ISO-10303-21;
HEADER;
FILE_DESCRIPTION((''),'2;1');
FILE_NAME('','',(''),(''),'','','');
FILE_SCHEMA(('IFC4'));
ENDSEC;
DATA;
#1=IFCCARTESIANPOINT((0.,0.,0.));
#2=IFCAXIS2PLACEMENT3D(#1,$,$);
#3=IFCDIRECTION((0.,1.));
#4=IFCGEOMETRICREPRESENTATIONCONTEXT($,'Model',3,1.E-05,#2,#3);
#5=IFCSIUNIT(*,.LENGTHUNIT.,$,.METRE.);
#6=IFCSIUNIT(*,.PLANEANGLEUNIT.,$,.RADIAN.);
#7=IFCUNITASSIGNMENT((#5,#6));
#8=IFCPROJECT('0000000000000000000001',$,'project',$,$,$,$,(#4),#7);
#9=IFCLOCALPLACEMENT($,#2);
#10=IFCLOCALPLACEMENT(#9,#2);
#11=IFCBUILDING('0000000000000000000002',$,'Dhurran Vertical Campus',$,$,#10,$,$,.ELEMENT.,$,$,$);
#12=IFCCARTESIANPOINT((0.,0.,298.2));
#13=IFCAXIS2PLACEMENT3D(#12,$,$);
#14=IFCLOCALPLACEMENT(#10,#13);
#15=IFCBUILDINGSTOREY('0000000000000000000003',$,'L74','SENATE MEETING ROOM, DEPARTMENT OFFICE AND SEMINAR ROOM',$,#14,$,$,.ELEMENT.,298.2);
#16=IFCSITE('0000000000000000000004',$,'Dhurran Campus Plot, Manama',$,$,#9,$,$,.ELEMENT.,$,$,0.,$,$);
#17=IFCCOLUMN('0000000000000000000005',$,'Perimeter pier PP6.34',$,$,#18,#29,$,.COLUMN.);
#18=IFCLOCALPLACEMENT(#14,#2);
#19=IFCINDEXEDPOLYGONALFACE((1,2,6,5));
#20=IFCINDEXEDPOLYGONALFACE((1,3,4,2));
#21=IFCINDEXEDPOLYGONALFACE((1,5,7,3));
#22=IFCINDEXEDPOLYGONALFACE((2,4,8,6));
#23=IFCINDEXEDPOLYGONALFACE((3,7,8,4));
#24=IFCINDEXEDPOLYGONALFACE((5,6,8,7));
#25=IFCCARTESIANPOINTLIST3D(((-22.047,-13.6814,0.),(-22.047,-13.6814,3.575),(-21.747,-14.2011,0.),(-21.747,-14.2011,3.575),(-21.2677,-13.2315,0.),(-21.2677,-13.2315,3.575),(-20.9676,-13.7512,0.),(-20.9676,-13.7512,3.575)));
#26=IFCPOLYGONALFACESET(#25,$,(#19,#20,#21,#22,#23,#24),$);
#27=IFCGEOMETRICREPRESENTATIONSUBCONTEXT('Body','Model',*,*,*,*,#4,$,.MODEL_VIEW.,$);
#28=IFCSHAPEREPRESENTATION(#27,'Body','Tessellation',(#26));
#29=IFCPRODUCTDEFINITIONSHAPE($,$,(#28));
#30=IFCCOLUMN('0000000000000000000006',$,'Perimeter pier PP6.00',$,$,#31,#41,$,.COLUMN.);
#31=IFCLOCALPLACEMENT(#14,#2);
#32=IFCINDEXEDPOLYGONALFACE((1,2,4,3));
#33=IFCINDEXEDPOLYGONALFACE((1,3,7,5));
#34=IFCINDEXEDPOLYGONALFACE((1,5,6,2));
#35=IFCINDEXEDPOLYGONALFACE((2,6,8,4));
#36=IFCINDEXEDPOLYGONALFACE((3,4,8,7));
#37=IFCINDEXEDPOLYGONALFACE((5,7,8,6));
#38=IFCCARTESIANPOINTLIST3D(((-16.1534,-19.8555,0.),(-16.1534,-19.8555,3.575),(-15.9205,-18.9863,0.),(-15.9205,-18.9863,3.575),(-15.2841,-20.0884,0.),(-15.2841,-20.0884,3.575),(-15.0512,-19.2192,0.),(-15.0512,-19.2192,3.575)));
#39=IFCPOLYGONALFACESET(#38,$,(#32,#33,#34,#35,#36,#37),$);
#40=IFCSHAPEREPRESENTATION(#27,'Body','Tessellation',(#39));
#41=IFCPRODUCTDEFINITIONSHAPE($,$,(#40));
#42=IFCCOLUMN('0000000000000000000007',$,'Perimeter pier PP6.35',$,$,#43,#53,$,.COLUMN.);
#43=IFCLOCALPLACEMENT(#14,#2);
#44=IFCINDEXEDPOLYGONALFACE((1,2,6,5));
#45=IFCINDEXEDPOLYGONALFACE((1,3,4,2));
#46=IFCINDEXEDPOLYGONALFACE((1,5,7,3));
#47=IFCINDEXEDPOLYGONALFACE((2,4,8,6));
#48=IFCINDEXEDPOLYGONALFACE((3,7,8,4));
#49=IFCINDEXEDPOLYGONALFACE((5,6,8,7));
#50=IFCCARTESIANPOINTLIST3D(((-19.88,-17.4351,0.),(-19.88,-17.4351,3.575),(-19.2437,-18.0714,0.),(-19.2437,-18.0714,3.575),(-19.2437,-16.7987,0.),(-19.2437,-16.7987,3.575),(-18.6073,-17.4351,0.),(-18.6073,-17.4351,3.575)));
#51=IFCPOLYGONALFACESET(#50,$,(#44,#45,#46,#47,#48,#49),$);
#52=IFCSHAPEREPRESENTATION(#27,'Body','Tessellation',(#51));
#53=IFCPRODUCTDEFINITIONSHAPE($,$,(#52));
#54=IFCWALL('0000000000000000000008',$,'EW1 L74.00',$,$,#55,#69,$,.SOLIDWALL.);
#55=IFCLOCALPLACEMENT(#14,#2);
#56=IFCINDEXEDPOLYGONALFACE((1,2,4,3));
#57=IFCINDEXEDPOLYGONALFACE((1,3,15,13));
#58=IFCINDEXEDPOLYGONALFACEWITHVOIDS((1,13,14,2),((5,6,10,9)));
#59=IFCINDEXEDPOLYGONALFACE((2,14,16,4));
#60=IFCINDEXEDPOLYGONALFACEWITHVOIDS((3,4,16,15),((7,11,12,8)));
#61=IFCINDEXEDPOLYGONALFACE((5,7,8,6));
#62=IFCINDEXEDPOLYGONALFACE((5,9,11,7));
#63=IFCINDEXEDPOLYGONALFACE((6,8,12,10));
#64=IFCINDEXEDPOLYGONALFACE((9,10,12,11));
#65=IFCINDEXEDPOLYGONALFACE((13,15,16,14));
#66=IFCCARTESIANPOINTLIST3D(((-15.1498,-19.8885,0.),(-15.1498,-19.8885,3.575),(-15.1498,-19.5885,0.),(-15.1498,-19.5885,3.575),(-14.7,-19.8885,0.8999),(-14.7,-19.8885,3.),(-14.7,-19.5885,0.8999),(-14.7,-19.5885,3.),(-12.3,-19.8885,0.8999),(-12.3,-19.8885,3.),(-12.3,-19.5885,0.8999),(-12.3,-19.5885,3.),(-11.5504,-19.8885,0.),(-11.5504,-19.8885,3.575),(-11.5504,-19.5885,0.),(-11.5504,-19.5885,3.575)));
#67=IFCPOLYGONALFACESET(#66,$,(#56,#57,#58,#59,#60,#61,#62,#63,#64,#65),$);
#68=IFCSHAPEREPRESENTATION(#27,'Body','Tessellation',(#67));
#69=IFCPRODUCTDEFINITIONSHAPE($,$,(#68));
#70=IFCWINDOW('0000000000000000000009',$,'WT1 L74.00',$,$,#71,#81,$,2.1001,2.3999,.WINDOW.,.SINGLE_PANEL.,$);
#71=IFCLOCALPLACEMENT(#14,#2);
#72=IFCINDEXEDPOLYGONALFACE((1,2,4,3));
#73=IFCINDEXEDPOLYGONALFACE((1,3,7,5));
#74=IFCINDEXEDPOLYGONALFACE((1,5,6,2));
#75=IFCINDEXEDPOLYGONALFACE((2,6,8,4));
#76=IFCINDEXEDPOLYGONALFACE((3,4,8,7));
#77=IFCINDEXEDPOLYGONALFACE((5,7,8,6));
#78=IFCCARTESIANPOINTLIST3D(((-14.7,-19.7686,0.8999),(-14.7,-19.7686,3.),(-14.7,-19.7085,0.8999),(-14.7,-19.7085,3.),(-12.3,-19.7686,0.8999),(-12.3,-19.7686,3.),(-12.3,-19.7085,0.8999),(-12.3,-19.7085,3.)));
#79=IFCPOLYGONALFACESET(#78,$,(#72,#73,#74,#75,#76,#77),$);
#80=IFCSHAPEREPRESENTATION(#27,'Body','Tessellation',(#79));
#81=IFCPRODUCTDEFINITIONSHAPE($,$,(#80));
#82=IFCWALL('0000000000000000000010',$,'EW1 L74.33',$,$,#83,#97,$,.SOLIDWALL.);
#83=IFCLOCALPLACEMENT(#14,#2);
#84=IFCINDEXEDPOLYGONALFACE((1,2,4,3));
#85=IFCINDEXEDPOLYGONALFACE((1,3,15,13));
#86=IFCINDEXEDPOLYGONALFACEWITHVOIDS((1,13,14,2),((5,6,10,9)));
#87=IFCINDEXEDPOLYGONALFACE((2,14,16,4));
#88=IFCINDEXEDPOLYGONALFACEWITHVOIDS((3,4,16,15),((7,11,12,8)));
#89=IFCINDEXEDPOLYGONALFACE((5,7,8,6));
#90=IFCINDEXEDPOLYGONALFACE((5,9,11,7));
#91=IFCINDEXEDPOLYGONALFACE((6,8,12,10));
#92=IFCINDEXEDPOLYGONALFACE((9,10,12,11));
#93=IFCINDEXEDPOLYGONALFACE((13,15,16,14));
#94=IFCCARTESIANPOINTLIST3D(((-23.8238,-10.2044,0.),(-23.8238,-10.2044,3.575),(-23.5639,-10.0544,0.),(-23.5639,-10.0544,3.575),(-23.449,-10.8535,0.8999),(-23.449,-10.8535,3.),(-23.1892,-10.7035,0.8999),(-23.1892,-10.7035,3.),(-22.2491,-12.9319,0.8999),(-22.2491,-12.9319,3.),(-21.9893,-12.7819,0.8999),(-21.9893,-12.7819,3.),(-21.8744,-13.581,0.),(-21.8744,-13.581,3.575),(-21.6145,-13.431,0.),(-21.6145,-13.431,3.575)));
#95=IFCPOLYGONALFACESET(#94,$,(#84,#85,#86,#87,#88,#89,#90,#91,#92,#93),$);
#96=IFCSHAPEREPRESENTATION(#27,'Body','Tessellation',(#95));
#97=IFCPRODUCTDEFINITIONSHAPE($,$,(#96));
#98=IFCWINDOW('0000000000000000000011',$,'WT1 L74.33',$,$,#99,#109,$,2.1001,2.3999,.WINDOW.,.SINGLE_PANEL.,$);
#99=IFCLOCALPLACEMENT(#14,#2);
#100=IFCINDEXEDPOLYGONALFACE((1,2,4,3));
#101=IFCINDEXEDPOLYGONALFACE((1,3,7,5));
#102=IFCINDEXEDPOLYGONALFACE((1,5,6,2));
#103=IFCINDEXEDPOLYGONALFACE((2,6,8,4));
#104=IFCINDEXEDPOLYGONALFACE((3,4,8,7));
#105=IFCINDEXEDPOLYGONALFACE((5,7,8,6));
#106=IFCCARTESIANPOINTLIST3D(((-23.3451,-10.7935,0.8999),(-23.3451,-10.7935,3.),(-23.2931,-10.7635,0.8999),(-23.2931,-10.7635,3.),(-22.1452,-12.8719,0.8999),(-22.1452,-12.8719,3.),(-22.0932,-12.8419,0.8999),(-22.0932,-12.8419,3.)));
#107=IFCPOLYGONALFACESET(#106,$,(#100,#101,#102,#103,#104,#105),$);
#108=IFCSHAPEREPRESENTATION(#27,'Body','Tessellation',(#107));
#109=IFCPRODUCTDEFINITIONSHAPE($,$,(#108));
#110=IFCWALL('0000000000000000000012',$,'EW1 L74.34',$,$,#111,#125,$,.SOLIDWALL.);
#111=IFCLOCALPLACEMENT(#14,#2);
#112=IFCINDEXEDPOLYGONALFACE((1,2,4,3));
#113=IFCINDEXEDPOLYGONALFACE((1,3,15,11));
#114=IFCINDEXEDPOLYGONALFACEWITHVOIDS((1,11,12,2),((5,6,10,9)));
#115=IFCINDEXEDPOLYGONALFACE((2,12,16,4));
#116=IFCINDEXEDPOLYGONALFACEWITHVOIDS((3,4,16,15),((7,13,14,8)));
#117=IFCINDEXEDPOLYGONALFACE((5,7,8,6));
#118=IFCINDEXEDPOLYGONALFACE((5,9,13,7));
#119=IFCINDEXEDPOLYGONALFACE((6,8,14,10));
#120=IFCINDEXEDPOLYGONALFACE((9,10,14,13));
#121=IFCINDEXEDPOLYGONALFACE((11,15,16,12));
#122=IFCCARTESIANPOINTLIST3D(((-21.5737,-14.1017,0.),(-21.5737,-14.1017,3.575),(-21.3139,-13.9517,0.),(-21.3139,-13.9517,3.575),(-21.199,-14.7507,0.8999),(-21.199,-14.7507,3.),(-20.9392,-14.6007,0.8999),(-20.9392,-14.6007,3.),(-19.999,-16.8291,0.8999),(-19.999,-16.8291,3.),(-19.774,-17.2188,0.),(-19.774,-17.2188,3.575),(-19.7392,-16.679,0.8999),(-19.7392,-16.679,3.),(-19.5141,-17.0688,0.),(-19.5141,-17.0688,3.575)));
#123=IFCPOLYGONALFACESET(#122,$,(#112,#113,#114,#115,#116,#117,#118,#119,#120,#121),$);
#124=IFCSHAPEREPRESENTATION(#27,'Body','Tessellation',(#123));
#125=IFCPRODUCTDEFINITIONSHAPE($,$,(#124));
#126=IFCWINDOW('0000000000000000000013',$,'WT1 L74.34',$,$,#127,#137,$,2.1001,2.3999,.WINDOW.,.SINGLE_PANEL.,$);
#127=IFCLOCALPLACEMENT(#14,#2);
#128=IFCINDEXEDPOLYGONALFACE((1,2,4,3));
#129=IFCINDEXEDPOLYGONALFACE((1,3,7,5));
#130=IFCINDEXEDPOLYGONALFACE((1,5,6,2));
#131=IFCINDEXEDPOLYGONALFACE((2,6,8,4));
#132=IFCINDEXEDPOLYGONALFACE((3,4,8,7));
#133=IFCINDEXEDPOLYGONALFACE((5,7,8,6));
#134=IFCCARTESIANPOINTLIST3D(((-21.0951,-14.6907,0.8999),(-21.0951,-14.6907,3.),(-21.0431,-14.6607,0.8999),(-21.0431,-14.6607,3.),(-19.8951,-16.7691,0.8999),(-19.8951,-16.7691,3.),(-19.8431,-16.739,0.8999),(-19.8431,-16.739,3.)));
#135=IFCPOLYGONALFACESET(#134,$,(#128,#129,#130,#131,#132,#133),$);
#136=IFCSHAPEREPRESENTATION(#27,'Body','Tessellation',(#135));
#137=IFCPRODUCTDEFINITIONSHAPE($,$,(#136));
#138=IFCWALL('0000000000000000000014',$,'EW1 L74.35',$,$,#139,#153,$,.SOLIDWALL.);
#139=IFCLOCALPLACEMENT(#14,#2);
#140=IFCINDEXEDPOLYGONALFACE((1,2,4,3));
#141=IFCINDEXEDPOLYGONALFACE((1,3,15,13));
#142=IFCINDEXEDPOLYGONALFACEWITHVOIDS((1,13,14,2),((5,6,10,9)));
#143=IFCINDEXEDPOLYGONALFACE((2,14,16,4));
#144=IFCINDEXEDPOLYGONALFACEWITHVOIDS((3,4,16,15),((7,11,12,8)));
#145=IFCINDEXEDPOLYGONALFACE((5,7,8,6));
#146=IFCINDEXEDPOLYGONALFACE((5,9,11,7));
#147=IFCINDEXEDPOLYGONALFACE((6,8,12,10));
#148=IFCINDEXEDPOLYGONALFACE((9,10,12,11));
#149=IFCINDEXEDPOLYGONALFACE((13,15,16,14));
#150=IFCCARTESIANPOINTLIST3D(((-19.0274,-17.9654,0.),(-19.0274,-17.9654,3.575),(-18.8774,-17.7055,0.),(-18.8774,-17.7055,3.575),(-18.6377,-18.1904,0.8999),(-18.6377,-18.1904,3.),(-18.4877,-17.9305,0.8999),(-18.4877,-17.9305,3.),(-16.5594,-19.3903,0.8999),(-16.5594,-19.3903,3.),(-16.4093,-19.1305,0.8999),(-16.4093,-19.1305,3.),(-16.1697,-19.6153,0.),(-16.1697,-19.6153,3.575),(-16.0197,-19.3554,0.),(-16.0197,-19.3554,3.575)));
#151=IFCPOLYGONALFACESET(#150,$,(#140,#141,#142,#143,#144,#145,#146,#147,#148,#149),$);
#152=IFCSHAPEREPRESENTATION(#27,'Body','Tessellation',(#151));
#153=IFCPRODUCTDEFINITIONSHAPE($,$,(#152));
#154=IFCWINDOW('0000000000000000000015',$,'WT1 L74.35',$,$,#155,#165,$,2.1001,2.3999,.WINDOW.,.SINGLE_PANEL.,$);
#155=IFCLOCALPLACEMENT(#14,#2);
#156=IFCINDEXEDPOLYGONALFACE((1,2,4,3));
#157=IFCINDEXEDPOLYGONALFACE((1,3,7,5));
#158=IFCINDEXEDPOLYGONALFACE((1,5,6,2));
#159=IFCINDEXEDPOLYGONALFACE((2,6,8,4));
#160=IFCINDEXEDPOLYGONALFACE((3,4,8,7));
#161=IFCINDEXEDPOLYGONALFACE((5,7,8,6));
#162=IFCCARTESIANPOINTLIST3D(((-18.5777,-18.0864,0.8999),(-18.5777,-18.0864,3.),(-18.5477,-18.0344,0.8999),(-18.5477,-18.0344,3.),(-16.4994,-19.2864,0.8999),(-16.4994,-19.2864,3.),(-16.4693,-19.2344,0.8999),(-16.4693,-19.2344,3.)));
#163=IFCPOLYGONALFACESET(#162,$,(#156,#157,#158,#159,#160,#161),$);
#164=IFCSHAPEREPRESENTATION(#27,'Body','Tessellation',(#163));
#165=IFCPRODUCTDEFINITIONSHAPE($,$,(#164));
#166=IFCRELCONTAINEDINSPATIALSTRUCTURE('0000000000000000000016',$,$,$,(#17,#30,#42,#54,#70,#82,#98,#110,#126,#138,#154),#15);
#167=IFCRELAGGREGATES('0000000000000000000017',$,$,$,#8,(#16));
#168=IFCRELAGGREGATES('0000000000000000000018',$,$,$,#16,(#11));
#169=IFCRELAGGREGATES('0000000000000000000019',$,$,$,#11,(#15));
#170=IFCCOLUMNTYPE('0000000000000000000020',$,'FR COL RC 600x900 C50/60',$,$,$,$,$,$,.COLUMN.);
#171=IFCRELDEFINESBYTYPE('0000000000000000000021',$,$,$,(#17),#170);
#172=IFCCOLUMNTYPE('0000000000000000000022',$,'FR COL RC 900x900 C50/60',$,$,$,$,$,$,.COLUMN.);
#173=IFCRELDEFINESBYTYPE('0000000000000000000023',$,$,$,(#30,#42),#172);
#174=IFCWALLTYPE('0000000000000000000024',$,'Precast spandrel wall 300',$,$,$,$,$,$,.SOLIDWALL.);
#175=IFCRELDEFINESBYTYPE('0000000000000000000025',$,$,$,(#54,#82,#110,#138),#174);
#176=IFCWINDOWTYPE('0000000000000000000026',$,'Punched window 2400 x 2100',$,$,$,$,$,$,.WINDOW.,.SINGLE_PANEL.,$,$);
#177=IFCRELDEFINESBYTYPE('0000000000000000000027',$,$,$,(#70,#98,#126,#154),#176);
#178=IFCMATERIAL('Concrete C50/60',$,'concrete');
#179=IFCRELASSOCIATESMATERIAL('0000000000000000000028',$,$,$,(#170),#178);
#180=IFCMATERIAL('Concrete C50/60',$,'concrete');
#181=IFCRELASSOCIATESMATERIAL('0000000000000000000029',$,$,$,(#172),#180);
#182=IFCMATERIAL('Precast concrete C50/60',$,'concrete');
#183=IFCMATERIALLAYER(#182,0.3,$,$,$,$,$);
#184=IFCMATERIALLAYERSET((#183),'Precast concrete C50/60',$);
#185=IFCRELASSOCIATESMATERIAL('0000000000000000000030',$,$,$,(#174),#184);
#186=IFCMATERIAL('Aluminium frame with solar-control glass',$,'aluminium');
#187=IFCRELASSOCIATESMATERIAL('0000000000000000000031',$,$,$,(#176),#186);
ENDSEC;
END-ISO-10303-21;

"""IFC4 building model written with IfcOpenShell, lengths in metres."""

from ifc_helpers import new_model, si_unit, direction, frame, frame_2d, origin, origin_2d, place, context, subcontext, project, spatial, rectangle, extrude, material, layer, layer_set, material_profile, profile_set, type_object, element, fill, save


model = new_model("IFC4")

# Units and contexts
model_context = context("Model", 3, precision=1e-05, world=origin(), true_north=direction((0.0, 1.0)))
body_context = subcontext(model_context, "Body", "Model", "MODEL_VIEW")
ifc_project = project(units=[si_unit("LENGTHUNIT", "METRE"), si_unit("PLANEANGLEUNIT", "RADIAN")], contexts=[model_context])

# Site, building, storey
site_placement = place(None, origin())
site = spatial("IfcSite", under=ifc_project, at=site_placement, Name="Dhurran Campus Plot, Manama", CompositionType="ELEMENT", RefElevation=0.0)
building_placement = place(site_placement, origin())
building = spatial("IfcBuilding", under=site, at=building_placement, Name="Dhurran Vertical Campus", CompositionType="ELEMENT")
storey_placement = place(building_placement, frame((0.0, 0.0, 298.2)))
storey = spatial("IfcBuildingStorey", under=building, at=storey_placement, Name="L74", Description="SENATE MEETING ROOM, DEPARTMENT OFFICE AND SEMINAR ROOM", CompositionType="ELEMENT", Elevation=298.2)

# Columns
ifc_material_1 = material(Name="Concrete C50/60", Category="concrete")
ifc_material_profile_1 = material_profile(ifc_material_1, rectangle(XDim=0.6001, YDim=0.8999, at=origin_2d()), Name="RC 600x900")
ifc_profile_set_1 = profile_set([ifc_material_profile_1], Name="Concrete C50/60")
column_type_1 = type_object("IfcColumnType", Name="FR COL RC 600x900 C50/60", PredefinedType="COLUMN", material=ifc_profile_set_1)
column_placement = place(storey_placement, frame((-21.5073, -13.7163, 0.0), z_axis=(0.0, 0.0, 1.0), x_axis=(0.5, -0.866025, 0.0)))
element("IfcColumn", 1, at=column_placement, inside=storey, type_object=column_type_1, Name="Perimeter pier PP6.34", PredefinedType="COLUMN", context=body_context, shape_type="SweptSolid", body=[
    extrude(rectangle(XDim=0.6001, YDim=0.8999, at=origin_2d()), origin(), (0.0, 0.0, 1.0), 3.575),
])
ifc_material_2 = material(Name="Concrete C50/60", Category="concrete")
ifc_material_profile_2 = material_profile(ifc_material_2, rectangle(XDim=0.8999, YDim=0.8999, at=origin_2d()), Name="RC 900x900")
ifc_profile_set_2 = profile_set([ifc_material_profile_2], Name="Concrete C50/60")
column_type_2 = type_object("IfcColumnType", Name="FR COL RC 900x900 C50/60", PredefinedType="COLUMN", material=ifc_profile_set_2)
for number, where, z_axis, x_axis, name in (
    (2, (-15.6023, -19.5374, 0.0), (0.0, 0.0, 1.0), (0.965926, -0.258819, 0.0), "Perimeter pier PP6.00"),
    (3, (-19.2437, -17.4351, 0.0), (0.0, 0.0, 1.0), (0.707107, -0.707107, 0.0), "Perimeter pier PP6.35"),
):
    element("IfcColumn", number, at=place(storey_placement, frame(where, z_axis=z_axis, x_axis=x_axis)), inside=storey, type_object=column_type_2, Name=name, PredefinedType="COLUMN", context=body_context, shape_type="SweptSolid", body=[
        extrude(rectangle(XDim=0.8999, YDim=0.8999, at=origin_2d()), origin(), (0.0, 0.0, 1.0), 3.575),
    ])

# Walls, openings, windows
ifc_material_3 = material(Name="Precast concrete C50/60", Category="concrete")
ifc_layer_1 = layer(ifc_material_3, 0.3)
ifc_layer_set_1 = layer_set([ifc_layer_1], Name="Precast concrete C50/60")
wall_type_1 = type_object("IfcWallType", Name="Precast spandrel wall 300", PredefinedType="SOLIDWALL", material=ifc_layer_set_1)
wall_1_placement = place(storey_placement, frame((-15.1499, -19.7385, 0.0), z_axis=(0.0, 0.0, 1.0), x_axis=(1.0, 0.0, 0.0)))
wall_1 = element("IfcWall", 4, at=wall_1_placement, inside=storey, type_object=wall_type_1, Name="EW1 L74.00", PredefinedType="SOLIDWALL", context=body_context, shape_type="SweptSolid", body=[
    extrude(rectangle(XDim=3.5994, YDim=0.3, at=frame_2d((1.7998, 0.0))), origin(), (0.0, 0.0, 1.0), 3.575),
])
opening_1_placement = place(wall_1_placement, frame((0.45, 0.0, 0.8999)))
opening_1 = element("IfcOpeningElement", 5, at=opening_1_placement, cuts=wall_1, PredefinedType="OPENING", context=body_context, shape_type="SweptSolid", body=[
    extrude(rectangle(XDim=2.3999, YDim=2.1001, at=frame_2d((1.2, 1.05))), frame((0.0, 0.1599, 0.0), z_axis=(0.0, -1.0, 0.0), x_axis=(1.0, 0.0, 0.0)), (0.0, 0.0, 1.0), 0.3201),
])
ifc_material_4 = material(Name="Aluminium frame with solar-control glass", Category="aluminium")
window_type = type_object("IfcWindowType", Name="Punched window 2400 x 2100", PartitioningType="SINGLE_PANEL", PredefinedType="WINDOW", material=ifc_material_4)
window_1_placement = place(opening_1_placement, origin())
window_1 = element("IfcWindow", 6, at=window_1_placement, inside=storey, type_object=window_type, Name="WT1 L74.00", OverallHeight=2.1001, OverallWidth=2.3999, PartitioningType="SINGLE_PANEL", PredefinedType="WINDOW", context=body_context, shape_type="SweptSolid", body=[
    extrude(rectangle(XDim=2.3999, YDim=2.1001, at=frame_2d((1.2, 1.05))), frame((0.0, 0.03, 0.0), z_axis=(0.0, -1.0, 0.0), x_axis=(1.0, 0.0, 0.0)), (0.0, 0.0, 1.0), 0.0601),
])
fill(opening_1, window_1)
wall_2_placement = place(storey_placement, frame((-23.6938, -10.1294, 0.0), z_axis=(0.0, 0.0, 1.0), x_axis=(0.499984, -0.866034, 0.0)))
wall_2 = element("IfcWall", 7, at=wall_2_placement, inside=storey, type_object=wall_type_1, Name="EW1 L74.33", PredefinedType="SOLIDWALL", context=body_context, shape_type="SweptSolid", body=[
    extrude(rectangle(XDim=3.8989, YDim=0.3, at=frame_2d((1.9495, 0.0))), origin(), (0.0, 0.0, 1.0), 3.575),
])
opening_2_placement = place(wall_2_placement, frame((0.7495, 0.0, 0.8999)))
opening_2 = element("IfcOpeningElement", 8, at=opening_2_placement, cuts=wall_2, PredefinedType="OPENING", context=body_context, shape_type="SweptSolid", body=[
    extrude(rectangle(XDim=2.3999, YDim=2.1001, at=frame_2d((1.2, 1.05))), frame((0.0, 0.1599, 0.0), z_axis=(0.0, -1.0, 0.0), x_axis=(1.0, 0.0, 0.0)), (0.0, 0.0, 1.0), 0.3201),
])
window_2_placement = place(opening_2_placement, origin())
window_2 = element("IfcWindow", 9, at=window_2_placement, inside=storey, type_object=window_type, Name="WT1 L74.33", OverallHeight=2.1001, OverallWidth=2.3999, PartitioningType="SINGLE_PANEL", PredefinedType="WINDOW", context=body_context, shape_type="SweptSolid", body=[
    extrude(rectangle(XDim=2.3999, YDim=2.1001, at=frame_2d((1.2, 1.05))), frame((0.0, 0.03, 0.0), z_axis=(0.0, -1.0, 0.0), x_axis=(1.0, 0.0, 0.0)), (0.0, 0.0, 1.0), 0.0601),
])
fill(opening_2, window_2)
wall_3_placement = place(storey_placement, frame((-21.4438, -14.0266, 0.0), z_axis=(0.0, 0.0, 1.0), x_axis=(0.50002, -0.866014, 0.0)))
wall_3 = element("IfcWall", 10, at=wall_3_placement, inside=storey, type_object=wall_type_1, Name="EW1 L74.34", PredefinedType="SOLIDWALL", context=body_context, shape_type="SweptSolid", body=[
    extrude(rectangle(XDim=3.5994, YDim=0.3, at=frame_2d((1.7998, 0.0))), origin(), (0.0, 0.0, 1.0), 3.575),
])
opening_3_placement = place(wall_3_placement, frame((0.7495, 0.0, 0.8999)))
opening_3 = element("IfcOpeningElement", 11, at=opening_3_placement, cuts=wall_3, PredefinedType="OPENING", context=body_context, shape_type="SweptSolid", body=[
    extrude(rectangle(XDim=2.3999, YDim=2.1001, at=frame_2d((1.2, 1.05))), frame((0.0, 0.1599, 0.0), z_axis=(0.0, -1.0, 0.0), x_axis=(1.0, 0.0, 0.0)), (0.0, 0.0, 1.0), 0.3201),
])
window_3_placement = place(opening_3_placement, origin())
window_3 = element("IfcWindow", 12, at=window_3_placement, inside=storey, type_object=window_type, Name="WT1 L74.34", OverallHeight=2.1001, OverallWidth=2.3999, PartitioningType="SINGLE_PANEL", PredefinedType="WINDOW", context=body_context, shape_type="SweptSolid", body=[
    extrude(rectangle(XDim=2.3999, YDim=2.1001, at=frame_2d((1.2, 1.05))), frame((0.0, 0.03, 0.0), z_axis=(0.0, -1.0, 0.0), x_axis=(1.0, 0.0, 0.0)), (0.0, 0.0, 1.0), 0.0601),
])
fill(opening_3, window_3)
wall_4_placement = place(storey_placement, frame((-18.9524, -17.8354, 0.0), z_axis=(0.0, 0.0, 1.0), x_axis=(0.866022, -0.500006, 0.0)))
wall_4 = element("IfcWall", 13, at=wall_4_placement, inside=storey, type_object=wall_type_1, Name="EW1 L74.35", PredefinedType="SOLIDWALL", context=body_context, shape_type="SweptSolid", body=[
    extrude(rectangle(XDim=3.2998, YDim=0.3, at=frame_2d((1.6499, 0.0))), origin(), (0.0, 0.0, 1.0), 3.575),
])
opening_4_placement = place(wall_4_placement, frame((0.45, 0.0, 0.8999)))
opening_4 = element("IfcOpeningElement", 14, at=opening_4_placement, cuts=wall_4, PredefinedType="OPENING", context=body_context, shape_type="SweptSolid", body=[
    extrude(rectangle(XDim=2.3999, YDim=2.1001, at=frame_2d((1.2, 1.05))), frame((0.0, 0.1599, 0.0), z_axis=(0.0, -1.0, 0.0), x_axis=(1.0, 0.0, 0.0)), (0.0, 0.0, 1.0), 0.3201),
])
window_4_placement = place(opening_4_placement, origin())
window_4 = element("IfcWindow", 15, at=window_4_placement, inside=storey, type_object=window_type, Name="WT1 L74.35", OverallHeight=2.1001, OverallWidth=2.3999, PartitioningType="SINGLE_PANEL", PredefinedType="WINDOW", context=body_context, shape_type="SweptSolid", body=[
    extrude(rectangle(XDim=2.3999, YDim=2.1001, at=frame_2d((1.2, 1.05))), frame((0.0, 0.03, 0.0), z_axis=(0.0, -1.0, 0.0), x_axis=(1.0, 0.0, 0.0)), (0.0, 0.0, 1.0), 0.0601),
])
fill(opening_4, window_4)

save(model, "model.ifc")
